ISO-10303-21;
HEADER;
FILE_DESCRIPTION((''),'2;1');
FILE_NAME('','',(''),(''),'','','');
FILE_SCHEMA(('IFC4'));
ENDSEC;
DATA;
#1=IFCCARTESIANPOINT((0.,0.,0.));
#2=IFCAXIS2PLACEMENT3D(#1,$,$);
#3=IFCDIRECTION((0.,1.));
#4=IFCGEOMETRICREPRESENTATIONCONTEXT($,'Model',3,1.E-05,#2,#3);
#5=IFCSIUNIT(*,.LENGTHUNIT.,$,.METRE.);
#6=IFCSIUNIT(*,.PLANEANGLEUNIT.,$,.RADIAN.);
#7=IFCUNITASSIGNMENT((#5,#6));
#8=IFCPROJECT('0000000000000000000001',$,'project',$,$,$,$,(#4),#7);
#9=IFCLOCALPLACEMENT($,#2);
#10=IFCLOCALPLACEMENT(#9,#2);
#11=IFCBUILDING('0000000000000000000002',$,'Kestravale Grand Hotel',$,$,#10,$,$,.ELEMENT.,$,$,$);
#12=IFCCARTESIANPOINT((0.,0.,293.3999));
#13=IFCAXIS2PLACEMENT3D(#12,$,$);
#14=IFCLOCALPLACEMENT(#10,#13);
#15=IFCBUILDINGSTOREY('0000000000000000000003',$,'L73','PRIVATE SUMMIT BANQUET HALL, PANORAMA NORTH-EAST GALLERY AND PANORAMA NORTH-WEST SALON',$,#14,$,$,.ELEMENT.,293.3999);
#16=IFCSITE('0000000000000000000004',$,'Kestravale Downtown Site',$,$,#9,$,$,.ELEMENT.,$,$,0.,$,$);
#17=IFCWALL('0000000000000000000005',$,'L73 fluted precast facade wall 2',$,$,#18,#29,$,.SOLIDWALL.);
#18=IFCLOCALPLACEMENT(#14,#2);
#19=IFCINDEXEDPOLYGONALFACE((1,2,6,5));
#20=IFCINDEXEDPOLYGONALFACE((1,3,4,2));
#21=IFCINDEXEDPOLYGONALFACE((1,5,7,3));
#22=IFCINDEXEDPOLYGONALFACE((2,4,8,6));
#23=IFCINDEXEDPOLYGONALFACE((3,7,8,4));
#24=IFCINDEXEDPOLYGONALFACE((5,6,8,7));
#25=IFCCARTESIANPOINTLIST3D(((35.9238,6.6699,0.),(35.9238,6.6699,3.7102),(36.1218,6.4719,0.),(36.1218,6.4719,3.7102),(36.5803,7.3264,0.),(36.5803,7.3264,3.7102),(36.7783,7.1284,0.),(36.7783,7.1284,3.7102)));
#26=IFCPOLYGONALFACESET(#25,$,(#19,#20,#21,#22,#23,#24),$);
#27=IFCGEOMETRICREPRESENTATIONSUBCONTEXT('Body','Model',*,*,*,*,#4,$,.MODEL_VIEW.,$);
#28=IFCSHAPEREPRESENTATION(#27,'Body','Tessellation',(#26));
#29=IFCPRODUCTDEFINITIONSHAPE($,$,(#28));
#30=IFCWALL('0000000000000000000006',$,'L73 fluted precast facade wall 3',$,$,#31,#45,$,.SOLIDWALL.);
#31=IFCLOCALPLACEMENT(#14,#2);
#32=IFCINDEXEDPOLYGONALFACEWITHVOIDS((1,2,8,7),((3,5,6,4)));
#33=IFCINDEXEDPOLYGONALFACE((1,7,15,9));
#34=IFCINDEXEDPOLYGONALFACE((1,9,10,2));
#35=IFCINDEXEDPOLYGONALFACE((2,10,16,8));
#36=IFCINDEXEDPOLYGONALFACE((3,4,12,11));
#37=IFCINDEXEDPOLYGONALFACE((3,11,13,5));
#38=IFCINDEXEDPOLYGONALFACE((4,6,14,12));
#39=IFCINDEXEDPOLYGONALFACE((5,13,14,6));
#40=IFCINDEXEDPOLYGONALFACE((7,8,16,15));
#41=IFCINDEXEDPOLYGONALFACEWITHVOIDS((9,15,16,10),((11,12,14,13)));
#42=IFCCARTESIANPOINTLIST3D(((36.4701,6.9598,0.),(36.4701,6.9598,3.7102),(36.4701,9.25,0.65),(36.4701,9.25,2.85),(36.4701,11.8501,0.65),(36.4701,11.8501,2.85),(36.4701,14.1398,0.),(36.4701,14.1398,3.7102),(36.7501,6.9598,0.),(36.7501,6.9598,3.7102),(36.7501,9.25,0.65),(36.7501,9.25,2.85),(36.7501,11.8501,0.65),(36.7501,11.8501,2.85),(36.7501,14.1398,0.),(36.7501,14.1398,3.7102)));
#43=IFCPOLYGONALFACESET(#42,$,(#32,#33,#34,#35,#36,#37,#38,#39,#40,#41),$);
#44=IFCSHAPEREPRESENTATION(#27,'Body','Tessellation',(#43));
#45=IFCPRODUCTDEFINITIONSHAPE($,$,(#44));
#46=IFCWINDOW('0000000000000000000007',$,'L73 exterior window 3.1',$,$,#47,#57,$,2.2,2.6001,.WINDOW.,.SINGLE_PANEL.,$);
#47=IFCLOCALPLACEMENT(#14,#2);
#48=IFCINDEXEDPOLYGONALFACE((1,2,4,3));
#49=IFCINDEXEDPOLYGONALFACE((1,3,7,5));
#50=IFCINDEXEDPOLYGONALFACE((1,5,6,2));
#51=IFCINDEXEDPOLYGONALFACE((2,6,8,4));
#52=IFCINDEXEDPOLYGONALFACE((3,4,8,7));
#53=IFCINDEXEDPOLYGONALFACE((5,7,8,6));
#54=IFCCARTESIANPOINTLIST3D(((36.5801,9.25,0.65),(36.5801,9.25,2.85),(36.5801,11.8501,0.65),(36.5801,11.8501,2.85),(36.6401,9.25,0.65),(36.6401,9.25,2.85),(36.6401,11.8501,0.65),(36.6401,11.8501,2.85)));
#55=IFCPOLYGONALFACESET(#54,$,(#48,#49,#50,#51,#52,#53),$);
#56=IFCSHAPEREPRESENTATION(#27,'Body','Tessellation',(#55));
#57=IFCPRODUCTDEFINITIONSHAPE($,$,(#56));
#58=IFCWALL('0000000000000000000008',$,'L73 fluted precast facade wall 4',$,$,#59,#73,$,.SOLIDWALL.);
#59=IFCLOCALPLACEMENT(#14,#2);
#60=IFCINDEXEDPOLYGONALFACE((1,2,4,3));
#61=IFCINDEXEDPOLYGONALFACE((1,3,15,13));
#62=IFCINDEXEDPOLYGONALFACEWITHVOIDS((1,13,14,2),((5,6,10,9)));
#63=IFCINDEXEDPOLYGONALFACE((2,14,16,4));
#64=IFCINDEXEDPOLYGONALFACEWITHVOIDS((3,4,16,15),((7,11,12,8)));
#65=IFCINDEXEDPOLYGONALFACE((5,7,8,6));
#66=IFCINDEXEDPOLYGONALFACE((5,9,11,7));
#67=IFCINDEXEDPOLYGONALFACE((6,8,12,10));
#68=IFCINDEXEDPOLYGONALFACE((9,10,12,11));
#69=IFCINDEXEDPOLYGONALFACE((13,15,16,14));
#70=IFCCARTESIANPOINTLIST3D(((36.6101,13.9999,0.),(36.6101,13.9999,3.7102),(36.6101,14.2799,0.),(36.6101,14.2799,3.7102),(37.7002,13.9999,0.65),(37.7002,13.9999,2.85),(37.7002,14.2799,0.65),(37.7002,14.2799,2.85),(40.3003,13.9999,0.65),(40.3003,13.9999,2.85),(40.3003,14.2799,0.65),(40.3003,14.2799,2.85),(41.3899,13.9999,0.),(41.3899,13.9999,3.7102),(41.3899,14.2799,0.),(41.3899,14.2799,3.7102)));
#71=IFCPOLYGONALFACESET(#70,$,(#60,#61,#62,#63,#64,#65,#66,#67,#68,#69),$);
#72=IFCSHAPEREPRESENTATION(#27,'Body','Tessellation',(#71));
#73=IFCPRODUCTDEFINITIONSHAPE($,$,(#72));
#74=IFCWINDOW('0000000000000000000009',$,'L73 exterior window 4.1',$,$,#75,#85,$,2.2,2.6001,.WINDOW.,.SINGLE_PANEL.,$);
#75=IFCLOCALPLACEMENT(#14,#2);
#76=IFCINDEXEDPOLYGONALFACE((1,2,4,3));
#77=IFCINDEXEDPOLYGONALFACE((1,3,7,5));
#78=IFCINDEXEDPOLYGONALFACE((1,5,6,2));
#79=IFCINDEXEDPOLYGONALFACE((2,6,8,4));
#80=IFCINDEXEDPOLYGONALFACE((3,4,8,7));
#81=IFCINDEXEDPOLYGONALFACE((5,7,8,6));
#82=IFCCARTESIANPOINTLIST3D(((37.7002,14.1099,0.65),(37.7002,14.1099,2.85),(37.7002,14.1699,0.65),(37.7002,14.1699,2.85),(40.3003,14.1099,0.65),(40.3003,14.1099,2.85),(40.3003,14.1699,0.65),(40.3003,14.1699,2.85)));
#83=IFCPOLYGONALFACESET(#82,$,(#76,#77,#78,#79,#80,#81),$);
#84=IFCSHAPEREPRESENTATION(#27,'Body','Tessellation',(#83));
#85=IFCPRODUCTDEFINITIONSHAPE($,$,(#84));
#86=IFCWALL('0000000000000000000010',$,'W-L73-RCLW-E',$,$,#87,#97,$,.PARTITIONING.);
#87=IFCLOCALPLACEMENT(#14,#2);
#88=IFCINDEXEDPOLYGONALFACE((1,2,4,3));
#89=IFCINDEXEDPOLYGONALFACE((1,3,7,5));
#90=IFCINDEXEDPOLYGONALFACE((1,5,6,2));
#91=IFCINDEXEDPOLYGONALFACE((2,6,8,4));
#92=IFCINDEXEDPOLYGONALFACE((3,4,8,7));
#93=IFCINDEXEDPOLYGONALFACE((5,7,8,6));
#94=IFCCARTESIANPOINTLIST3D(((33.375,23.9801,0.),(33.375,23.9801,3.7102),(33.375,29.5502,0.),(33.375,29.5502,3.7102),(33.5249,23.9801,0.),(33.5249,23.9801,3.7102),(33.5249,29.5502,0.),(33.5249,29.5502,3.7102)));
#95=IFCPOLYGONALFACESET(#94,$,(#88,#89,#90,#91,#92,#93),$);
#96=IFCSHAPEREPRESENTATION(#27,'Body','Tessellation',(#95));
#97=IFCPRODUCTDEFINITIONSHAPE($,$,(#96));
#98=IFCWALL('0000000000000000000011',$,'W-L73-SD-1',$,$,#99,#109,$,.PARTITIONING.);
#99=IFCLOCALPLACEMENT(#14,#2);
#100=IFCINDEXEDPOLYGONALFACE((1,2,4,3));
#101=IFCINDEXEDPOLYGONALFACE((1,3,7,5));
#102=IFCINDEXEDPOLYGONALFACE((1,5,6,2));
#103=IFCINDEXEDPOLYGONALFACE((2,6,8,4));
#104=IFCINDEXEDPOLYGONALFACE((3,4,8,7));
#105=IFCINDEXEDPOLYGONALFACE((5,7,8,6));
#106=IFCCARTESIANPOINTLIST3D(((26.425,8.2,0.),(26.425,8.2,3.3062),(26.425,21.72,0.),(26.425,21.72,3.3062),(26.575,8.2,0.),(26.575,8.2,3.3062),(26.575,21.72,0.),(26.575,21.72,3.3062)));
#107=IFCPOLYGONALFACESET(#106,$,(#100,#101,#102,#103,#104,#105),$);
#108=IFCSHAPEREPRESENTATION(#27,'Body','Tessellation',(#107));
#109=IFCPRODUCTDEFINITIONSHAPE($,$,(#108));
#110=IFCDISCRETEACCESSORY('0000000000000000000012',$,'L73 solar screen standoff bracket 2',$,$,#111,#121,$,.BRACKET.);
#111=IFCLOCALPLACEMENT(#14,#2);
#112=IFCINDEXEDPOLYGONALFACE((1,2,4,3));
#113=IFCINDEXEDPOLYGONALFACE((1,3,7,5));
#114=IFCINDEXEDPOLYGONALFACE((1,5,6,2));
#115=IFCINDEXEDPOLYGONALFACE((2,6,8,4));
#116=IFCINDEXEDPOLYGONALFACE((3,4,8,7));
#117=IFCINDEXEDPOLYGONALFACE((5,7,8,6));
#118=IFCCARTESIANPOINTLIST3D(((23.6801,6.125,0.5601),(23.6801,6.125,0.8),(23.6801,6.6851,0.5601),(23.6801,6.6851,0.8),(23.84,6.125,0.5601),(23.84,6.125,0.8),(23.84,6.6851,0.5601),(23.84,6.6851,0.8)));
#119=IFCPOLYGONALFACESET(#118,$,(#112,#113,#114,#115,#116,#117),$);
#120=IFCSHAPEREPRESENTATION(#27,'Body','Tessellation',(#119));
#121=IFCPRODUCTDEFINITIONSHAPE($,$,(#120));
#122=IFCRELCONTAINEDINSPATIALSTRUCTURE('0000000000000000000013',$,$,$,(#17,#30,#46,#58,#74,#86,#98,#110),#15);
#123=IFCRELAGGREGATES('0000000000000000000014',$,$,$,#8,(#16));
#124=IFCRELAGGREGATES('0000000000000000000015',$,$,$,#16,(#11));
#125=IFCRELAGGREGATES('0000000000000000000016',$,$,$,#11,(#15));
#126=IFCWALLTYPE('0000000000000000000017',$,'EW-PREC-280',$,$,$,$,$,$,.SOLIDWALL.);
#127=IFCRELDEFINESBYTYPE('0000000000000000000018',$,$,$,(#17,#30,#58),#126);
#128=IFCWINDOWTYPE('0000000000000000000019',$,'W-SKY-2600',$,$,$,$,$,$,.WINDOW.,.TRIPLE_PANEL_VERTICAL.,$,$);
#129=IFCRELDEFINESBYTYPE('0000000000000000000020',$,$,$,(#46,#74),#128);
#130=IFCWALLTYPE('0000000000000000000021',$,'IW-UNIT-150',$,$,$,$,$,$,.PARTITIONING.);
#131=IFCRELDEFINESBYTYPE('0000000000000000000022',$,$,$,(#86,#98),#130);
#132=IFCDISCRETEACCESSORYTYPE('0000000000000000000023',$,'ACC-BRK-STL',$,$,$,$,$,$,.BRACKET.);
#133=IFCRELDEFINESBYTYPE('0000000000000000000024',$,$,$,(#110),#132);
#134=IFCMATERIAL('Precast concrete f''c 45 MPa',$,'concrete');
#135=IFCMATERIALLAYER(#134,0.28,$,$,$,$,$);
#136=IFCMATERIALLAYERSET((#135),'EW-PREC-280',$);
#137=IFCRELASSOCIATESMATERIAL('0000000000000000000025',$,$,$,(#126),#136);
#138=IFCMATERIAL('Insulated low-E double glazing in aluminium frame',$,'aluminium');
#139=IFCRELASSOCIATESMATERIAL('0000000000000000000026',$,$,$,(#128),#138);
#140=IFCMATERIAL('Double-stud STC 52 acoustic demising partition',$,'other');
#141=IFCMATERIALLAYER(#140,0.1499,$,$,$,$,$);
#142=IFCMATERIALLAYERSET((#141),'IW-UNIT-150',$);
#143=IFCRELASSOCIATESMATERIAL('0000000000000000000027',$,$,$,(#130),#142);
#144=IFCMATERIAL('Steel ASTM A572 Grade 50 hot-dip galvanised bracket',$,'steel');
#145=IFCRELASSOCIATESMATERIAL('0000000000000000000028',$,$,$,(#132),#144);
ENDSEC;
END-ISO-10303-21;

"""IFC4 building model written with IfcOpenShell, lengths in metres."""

from ifc_helpers import new_model, si_unit, direction, frame, frame_2d, origin, origin_2d, place, context, subcontext, project, spatial, rectangle, extrude, material, layer, layer_set, type_object, element, fill, save


model = new_model("IFC4")

# Units and contexts
model_context = context("Model", 3, precision=1e-05, world=origin(), true_north=direction((0.0, 1.0)))
body_context = subcontext(model_context, "Body", "Model", "MODEL_VIEW")
ifc_project = project(units=[si_unit("LENGTHUNIT", "METRE"), si_unit("PLANEANGLEUNIT", "RADIAN")], contexts=[model_context])

# Site, building, storey
site_placement = place(None, origin())
site = spatial("IfcSite", under=ifc_project, at=site_placement, Name="Kestravale Downtown Site", CompositionType="ELEMENT", RefElevation=0.0)
building_placement = place(site_placement, origin())
building = spatial("IfcBuilding", under=site, at=building_placement, Name="Kestravale Grand Hotel", CompositionType="ELEMENT")
storey_placement = place(building_placement, frame((0.0, 0.0, 293.3999)))
storey = spatial("IfcBuildingStorey", under=building, at=storey_placement, Name="L73", Description="PRIVATE SUMMIT BANQUET HALL, PANORAMA NORTH-EAST GALLERY AND PANORAMA NORTH-WEST SALON", CompositionType="ELEMENT", Elevation=293.3999)

# Wall
ifc_material_1 = material(Name="Precast concrete f'c 45 MPa", Category="concrete")
ifc_layer_1 = layer(ifc_material_1, 0.28)
ifc_layer_set_1 = layer_set([ifc_layer_1], Name="EW-PREC-280")
wall_type_1 = type_object("IfcWallType", Name="EW-PREC-280", PredefinedType="SOLIDWALL", material=ifc_layer_set_1)
wall_1_placement = place(storey_placement, frame((36.0227, 6.5708, 0.0), z_axis=(0.0, 0.0, 1.0), x_axis=(0.707107, 0.707107, 0.0)))
element("IfcWall", 1, at=wall_1_placement, inside=storey, type_object=wall_type_1, Name="L73 fluted precast facade wall 2", PredefinedType="SOLIDWALL", context=body_context, shape_type="SweptSolid", body=[
    extrude(rectangle(XDim=0.9285, YDim=0.28, at=frame_2d((0.4644, 0.0))), origin(), (0.0, 0.0, 1.0), 3.7102),
])

# Walls, openings, windows
wall_2_placement = place(storey_placement, frame((36.6101, 6.96, 0.0), z_axis=(0.0, 0.0, 1.0), x_axis=(0.0, 1.0, 0.0)))
wall_2 = element("IfcWall", 2, at=wall_2_placement, inside=storey, type_object=wall_type_1, Name="L73 fluted precast facade wall 3", PredefinedType="SOLIDWALL", context=body_context, shape_type="SweptSolid", body=[
    extrude(rectangle(XDim=7.1799, YDim=0.28, at=frame_2d((3.5898, 0.0))), origin(), (0.0, 0.0, 1.0), 3.7102),
])
opening_1_placement = place(wall_2_placement, frame((2.29, 0.0, 0.6499)))
opening_1 = element("IfcOpeningElement", 3, at=opening_1_placement, cuts=wall_2, PredefinedType="OPENING", context=body_context, shape_type="SweptSolid", body=[
    extrude(rectangle(XDim=2.6001, YDim=2.2, at=frame_2d((1.3, 1.1001))), frame((0.0, 0.1499, 0.0), z_axis=(0.0, -1.0, 0.0), x_axis=(1.0, 0.0, 0.0)), (0.0, 0.0, 1.0), 0.3),
])
ifc_material_2 = material(Name="Insulated low-E double glazing in aluminium frame", Category="aluminium")
window_type = type_object("IfcWindowType", Name="W-SKY-2600", PartitioningType="TRIPLE_PANEL_VERTICAL", PredefinedType="WINDOW", material=ifc_material_2)
window_1_placement = place(opening_1_placement, origin())
window_1 = element("IfcWindow", 4, at=window_1_placement, inside=storey, type_object=window_type, Name="L73 exterior window 3.1", OverallHeight=2.2, OverallWidth=2.6001, PartitioningType="SINGLE_PANEL", PredefinedType="WINDOW", context=body_context, shape_type="SweptSolid", body=[
    extrude(rectangle(XDim=2.6001, YDim=2.2, at=frame_2d((1.3, 1.1001))), frame((0.0, 0.03, 0.0), z_axis=(0.0, -1.0, 0.0), x_axis=(1.0, 0.0, 0.0)), (0.0, 0.0, 1.0), 0.0601),
])
fill(opening_1, window_1)
wall_3_placement = place(storey_placement, frame((36.6101, 14.1399, 0.0), z_axis=(0.0, 0.0, 1.0), x_axis=(1.0, 0.0, 0.0)))
wall_3 = element("IfcWall", 5, at=wall_3_placement, inside=storey, type_object=wall_type_1, Name="L73 fluted precast facade wall 4", PredefinedType="SOLIDWALL", context=body_context, shape_type="SweptSolid", body=[
    extrude(rectangle(XDim=4.7798, YDim=0.28, at=frame_2d((2.3899, 0.0))), origin(), (0.0, 0.0, 1.0), 3.7102),
])
opening_2_placement = place(wall_3_placement, frame((1.0901, 0.0, 0.6499)))
opening_2 = element("IfcOpeningElement", 6, at=opening_2_placement, cuts=wall_3, PredefinedType="OPENING", context=body_context, shape_type="SweptSolid", body=[
    extrude(rectangle(XDim=2.6001, YDim=2.2, at=frame_2d((1.3, 1.1001))), frame((0.0, 0.1499, 0.0), z_axis=(0.0, -1.0, 0.0), x_axis=(1.0, 0.0, 0.0)), (0.0, 0.0, 1.0), 0.3),
])
window_2_placement = place(opening_2_placement, origin())
window_2 = element("IfcWindow", 7, at=window_2_placement, inside=storey, type_object=window_type, Name="L73 exterior window 4.1", OverallHeight=2.2, OverallWidth=2.6001, PartitioningType="SINGLE_PANEL", PredefinedType="WINDOW", context=body_context, shape_type="SweptSolid", body=[
    extrude(rectangle(XDim=2.6001, YDim=2.2, at=frame_2d((1.3, 1.1001))), frame((0.0, 0.03, 0.0), z_axis=(0.0, -1.0, 0.0), x_axis=(1.0, 0.0, 0.0)), (0.0, 0.0, 1.0), 0.0601),
])
fill(opening_2, window_2)

# Walls
ifc_material_3 = material(Name="Double-stud STC 52 acoustic demising partition", Category="other")
ifc_layer_2 = layer(ifc_material_3, 0.1499)
ifc_layer_set_2 = layer_set([ifc_layer_2], Name="IW-UNIT-150")
wall_type_2 = type_object("IfcWallType", Name="IW-UNIT-150", PredefinedType="PARTITIONING", material=ifc_layer_set_2)
wall_4_placement = place(storey_placement, frame((33.45, 23.98, 0.0), z_axis=(0.0, 0.0, 1.0), x_axis=(0.0, 1.0, 0.0)))
element("IfcWall", 8, at=wall_4_placement, inside=storey, type_object=wall_type_2, Name="W-L73-RCLW-E", PredefinedType="PARTITIONING", context=body_context, shape_type="SweptSolid", body=[
    extrude(rectangle(XDim=5.5701, YDim=0.1499, at=frame_2d((2.7852, 0.0))), origin(), (0.0, 0.0, 1.0), 3.7102),
])
wall_5_placement = place(storey_placement, frame((26.5, 8.2, 0.0), z_axis=(0.0, 0.0, 1.0), x_axis=(0.0, 1.0, 0.0)))
element("IfcWall", 9, at=wall_5_placement, inside=storey, type_object=wall_type_2, Name="W-L73-SD-1", PredefinedType="PARTITIONING", context=body_context, shape_type="SweptSolid", body=[
    extrude(rectangle(XDim=13.52, YDim=0.1499, at=frame_2d((6.76, 0.0))), origin(), (0.0, 0.0, 1.0), 3.3062),
])

# Discrete accessory
ifc_material_4 = material(Name="Steel ASTM A572 Grade 50 hot-dip galvanised bracket", Category="steel")
discrete_accessory_type = type_object("IfcDiscreteAccessoryType", Name="ACC-BRK-STL", PredefinedType="BRACKET", material=ifc_material_4)
discrete_accessory_placement = place(storey_placement, frame((23.76, 6.405, 0.5601), z_axis=(0.0, 0.0, 1.0), x_axis=(1.0, 0.0, 0.0)))
element("IfcDiscreteAccessory", 10, at=discrete_accessory_placement, inside=storey, type_object=discrete_accessory_type, Name="L73 solar screen standoff bracket 2", PredefinedType="BRACKET", context=body_context, shape_type="SweptSolid", body=[
    extrude(rectangle(XDim=0.1599, YDim=0.5601, at=origin_2d()), origin(), (0.0, 0.0, 1.0), 0.24),
])

save(model, "model.ifc")
